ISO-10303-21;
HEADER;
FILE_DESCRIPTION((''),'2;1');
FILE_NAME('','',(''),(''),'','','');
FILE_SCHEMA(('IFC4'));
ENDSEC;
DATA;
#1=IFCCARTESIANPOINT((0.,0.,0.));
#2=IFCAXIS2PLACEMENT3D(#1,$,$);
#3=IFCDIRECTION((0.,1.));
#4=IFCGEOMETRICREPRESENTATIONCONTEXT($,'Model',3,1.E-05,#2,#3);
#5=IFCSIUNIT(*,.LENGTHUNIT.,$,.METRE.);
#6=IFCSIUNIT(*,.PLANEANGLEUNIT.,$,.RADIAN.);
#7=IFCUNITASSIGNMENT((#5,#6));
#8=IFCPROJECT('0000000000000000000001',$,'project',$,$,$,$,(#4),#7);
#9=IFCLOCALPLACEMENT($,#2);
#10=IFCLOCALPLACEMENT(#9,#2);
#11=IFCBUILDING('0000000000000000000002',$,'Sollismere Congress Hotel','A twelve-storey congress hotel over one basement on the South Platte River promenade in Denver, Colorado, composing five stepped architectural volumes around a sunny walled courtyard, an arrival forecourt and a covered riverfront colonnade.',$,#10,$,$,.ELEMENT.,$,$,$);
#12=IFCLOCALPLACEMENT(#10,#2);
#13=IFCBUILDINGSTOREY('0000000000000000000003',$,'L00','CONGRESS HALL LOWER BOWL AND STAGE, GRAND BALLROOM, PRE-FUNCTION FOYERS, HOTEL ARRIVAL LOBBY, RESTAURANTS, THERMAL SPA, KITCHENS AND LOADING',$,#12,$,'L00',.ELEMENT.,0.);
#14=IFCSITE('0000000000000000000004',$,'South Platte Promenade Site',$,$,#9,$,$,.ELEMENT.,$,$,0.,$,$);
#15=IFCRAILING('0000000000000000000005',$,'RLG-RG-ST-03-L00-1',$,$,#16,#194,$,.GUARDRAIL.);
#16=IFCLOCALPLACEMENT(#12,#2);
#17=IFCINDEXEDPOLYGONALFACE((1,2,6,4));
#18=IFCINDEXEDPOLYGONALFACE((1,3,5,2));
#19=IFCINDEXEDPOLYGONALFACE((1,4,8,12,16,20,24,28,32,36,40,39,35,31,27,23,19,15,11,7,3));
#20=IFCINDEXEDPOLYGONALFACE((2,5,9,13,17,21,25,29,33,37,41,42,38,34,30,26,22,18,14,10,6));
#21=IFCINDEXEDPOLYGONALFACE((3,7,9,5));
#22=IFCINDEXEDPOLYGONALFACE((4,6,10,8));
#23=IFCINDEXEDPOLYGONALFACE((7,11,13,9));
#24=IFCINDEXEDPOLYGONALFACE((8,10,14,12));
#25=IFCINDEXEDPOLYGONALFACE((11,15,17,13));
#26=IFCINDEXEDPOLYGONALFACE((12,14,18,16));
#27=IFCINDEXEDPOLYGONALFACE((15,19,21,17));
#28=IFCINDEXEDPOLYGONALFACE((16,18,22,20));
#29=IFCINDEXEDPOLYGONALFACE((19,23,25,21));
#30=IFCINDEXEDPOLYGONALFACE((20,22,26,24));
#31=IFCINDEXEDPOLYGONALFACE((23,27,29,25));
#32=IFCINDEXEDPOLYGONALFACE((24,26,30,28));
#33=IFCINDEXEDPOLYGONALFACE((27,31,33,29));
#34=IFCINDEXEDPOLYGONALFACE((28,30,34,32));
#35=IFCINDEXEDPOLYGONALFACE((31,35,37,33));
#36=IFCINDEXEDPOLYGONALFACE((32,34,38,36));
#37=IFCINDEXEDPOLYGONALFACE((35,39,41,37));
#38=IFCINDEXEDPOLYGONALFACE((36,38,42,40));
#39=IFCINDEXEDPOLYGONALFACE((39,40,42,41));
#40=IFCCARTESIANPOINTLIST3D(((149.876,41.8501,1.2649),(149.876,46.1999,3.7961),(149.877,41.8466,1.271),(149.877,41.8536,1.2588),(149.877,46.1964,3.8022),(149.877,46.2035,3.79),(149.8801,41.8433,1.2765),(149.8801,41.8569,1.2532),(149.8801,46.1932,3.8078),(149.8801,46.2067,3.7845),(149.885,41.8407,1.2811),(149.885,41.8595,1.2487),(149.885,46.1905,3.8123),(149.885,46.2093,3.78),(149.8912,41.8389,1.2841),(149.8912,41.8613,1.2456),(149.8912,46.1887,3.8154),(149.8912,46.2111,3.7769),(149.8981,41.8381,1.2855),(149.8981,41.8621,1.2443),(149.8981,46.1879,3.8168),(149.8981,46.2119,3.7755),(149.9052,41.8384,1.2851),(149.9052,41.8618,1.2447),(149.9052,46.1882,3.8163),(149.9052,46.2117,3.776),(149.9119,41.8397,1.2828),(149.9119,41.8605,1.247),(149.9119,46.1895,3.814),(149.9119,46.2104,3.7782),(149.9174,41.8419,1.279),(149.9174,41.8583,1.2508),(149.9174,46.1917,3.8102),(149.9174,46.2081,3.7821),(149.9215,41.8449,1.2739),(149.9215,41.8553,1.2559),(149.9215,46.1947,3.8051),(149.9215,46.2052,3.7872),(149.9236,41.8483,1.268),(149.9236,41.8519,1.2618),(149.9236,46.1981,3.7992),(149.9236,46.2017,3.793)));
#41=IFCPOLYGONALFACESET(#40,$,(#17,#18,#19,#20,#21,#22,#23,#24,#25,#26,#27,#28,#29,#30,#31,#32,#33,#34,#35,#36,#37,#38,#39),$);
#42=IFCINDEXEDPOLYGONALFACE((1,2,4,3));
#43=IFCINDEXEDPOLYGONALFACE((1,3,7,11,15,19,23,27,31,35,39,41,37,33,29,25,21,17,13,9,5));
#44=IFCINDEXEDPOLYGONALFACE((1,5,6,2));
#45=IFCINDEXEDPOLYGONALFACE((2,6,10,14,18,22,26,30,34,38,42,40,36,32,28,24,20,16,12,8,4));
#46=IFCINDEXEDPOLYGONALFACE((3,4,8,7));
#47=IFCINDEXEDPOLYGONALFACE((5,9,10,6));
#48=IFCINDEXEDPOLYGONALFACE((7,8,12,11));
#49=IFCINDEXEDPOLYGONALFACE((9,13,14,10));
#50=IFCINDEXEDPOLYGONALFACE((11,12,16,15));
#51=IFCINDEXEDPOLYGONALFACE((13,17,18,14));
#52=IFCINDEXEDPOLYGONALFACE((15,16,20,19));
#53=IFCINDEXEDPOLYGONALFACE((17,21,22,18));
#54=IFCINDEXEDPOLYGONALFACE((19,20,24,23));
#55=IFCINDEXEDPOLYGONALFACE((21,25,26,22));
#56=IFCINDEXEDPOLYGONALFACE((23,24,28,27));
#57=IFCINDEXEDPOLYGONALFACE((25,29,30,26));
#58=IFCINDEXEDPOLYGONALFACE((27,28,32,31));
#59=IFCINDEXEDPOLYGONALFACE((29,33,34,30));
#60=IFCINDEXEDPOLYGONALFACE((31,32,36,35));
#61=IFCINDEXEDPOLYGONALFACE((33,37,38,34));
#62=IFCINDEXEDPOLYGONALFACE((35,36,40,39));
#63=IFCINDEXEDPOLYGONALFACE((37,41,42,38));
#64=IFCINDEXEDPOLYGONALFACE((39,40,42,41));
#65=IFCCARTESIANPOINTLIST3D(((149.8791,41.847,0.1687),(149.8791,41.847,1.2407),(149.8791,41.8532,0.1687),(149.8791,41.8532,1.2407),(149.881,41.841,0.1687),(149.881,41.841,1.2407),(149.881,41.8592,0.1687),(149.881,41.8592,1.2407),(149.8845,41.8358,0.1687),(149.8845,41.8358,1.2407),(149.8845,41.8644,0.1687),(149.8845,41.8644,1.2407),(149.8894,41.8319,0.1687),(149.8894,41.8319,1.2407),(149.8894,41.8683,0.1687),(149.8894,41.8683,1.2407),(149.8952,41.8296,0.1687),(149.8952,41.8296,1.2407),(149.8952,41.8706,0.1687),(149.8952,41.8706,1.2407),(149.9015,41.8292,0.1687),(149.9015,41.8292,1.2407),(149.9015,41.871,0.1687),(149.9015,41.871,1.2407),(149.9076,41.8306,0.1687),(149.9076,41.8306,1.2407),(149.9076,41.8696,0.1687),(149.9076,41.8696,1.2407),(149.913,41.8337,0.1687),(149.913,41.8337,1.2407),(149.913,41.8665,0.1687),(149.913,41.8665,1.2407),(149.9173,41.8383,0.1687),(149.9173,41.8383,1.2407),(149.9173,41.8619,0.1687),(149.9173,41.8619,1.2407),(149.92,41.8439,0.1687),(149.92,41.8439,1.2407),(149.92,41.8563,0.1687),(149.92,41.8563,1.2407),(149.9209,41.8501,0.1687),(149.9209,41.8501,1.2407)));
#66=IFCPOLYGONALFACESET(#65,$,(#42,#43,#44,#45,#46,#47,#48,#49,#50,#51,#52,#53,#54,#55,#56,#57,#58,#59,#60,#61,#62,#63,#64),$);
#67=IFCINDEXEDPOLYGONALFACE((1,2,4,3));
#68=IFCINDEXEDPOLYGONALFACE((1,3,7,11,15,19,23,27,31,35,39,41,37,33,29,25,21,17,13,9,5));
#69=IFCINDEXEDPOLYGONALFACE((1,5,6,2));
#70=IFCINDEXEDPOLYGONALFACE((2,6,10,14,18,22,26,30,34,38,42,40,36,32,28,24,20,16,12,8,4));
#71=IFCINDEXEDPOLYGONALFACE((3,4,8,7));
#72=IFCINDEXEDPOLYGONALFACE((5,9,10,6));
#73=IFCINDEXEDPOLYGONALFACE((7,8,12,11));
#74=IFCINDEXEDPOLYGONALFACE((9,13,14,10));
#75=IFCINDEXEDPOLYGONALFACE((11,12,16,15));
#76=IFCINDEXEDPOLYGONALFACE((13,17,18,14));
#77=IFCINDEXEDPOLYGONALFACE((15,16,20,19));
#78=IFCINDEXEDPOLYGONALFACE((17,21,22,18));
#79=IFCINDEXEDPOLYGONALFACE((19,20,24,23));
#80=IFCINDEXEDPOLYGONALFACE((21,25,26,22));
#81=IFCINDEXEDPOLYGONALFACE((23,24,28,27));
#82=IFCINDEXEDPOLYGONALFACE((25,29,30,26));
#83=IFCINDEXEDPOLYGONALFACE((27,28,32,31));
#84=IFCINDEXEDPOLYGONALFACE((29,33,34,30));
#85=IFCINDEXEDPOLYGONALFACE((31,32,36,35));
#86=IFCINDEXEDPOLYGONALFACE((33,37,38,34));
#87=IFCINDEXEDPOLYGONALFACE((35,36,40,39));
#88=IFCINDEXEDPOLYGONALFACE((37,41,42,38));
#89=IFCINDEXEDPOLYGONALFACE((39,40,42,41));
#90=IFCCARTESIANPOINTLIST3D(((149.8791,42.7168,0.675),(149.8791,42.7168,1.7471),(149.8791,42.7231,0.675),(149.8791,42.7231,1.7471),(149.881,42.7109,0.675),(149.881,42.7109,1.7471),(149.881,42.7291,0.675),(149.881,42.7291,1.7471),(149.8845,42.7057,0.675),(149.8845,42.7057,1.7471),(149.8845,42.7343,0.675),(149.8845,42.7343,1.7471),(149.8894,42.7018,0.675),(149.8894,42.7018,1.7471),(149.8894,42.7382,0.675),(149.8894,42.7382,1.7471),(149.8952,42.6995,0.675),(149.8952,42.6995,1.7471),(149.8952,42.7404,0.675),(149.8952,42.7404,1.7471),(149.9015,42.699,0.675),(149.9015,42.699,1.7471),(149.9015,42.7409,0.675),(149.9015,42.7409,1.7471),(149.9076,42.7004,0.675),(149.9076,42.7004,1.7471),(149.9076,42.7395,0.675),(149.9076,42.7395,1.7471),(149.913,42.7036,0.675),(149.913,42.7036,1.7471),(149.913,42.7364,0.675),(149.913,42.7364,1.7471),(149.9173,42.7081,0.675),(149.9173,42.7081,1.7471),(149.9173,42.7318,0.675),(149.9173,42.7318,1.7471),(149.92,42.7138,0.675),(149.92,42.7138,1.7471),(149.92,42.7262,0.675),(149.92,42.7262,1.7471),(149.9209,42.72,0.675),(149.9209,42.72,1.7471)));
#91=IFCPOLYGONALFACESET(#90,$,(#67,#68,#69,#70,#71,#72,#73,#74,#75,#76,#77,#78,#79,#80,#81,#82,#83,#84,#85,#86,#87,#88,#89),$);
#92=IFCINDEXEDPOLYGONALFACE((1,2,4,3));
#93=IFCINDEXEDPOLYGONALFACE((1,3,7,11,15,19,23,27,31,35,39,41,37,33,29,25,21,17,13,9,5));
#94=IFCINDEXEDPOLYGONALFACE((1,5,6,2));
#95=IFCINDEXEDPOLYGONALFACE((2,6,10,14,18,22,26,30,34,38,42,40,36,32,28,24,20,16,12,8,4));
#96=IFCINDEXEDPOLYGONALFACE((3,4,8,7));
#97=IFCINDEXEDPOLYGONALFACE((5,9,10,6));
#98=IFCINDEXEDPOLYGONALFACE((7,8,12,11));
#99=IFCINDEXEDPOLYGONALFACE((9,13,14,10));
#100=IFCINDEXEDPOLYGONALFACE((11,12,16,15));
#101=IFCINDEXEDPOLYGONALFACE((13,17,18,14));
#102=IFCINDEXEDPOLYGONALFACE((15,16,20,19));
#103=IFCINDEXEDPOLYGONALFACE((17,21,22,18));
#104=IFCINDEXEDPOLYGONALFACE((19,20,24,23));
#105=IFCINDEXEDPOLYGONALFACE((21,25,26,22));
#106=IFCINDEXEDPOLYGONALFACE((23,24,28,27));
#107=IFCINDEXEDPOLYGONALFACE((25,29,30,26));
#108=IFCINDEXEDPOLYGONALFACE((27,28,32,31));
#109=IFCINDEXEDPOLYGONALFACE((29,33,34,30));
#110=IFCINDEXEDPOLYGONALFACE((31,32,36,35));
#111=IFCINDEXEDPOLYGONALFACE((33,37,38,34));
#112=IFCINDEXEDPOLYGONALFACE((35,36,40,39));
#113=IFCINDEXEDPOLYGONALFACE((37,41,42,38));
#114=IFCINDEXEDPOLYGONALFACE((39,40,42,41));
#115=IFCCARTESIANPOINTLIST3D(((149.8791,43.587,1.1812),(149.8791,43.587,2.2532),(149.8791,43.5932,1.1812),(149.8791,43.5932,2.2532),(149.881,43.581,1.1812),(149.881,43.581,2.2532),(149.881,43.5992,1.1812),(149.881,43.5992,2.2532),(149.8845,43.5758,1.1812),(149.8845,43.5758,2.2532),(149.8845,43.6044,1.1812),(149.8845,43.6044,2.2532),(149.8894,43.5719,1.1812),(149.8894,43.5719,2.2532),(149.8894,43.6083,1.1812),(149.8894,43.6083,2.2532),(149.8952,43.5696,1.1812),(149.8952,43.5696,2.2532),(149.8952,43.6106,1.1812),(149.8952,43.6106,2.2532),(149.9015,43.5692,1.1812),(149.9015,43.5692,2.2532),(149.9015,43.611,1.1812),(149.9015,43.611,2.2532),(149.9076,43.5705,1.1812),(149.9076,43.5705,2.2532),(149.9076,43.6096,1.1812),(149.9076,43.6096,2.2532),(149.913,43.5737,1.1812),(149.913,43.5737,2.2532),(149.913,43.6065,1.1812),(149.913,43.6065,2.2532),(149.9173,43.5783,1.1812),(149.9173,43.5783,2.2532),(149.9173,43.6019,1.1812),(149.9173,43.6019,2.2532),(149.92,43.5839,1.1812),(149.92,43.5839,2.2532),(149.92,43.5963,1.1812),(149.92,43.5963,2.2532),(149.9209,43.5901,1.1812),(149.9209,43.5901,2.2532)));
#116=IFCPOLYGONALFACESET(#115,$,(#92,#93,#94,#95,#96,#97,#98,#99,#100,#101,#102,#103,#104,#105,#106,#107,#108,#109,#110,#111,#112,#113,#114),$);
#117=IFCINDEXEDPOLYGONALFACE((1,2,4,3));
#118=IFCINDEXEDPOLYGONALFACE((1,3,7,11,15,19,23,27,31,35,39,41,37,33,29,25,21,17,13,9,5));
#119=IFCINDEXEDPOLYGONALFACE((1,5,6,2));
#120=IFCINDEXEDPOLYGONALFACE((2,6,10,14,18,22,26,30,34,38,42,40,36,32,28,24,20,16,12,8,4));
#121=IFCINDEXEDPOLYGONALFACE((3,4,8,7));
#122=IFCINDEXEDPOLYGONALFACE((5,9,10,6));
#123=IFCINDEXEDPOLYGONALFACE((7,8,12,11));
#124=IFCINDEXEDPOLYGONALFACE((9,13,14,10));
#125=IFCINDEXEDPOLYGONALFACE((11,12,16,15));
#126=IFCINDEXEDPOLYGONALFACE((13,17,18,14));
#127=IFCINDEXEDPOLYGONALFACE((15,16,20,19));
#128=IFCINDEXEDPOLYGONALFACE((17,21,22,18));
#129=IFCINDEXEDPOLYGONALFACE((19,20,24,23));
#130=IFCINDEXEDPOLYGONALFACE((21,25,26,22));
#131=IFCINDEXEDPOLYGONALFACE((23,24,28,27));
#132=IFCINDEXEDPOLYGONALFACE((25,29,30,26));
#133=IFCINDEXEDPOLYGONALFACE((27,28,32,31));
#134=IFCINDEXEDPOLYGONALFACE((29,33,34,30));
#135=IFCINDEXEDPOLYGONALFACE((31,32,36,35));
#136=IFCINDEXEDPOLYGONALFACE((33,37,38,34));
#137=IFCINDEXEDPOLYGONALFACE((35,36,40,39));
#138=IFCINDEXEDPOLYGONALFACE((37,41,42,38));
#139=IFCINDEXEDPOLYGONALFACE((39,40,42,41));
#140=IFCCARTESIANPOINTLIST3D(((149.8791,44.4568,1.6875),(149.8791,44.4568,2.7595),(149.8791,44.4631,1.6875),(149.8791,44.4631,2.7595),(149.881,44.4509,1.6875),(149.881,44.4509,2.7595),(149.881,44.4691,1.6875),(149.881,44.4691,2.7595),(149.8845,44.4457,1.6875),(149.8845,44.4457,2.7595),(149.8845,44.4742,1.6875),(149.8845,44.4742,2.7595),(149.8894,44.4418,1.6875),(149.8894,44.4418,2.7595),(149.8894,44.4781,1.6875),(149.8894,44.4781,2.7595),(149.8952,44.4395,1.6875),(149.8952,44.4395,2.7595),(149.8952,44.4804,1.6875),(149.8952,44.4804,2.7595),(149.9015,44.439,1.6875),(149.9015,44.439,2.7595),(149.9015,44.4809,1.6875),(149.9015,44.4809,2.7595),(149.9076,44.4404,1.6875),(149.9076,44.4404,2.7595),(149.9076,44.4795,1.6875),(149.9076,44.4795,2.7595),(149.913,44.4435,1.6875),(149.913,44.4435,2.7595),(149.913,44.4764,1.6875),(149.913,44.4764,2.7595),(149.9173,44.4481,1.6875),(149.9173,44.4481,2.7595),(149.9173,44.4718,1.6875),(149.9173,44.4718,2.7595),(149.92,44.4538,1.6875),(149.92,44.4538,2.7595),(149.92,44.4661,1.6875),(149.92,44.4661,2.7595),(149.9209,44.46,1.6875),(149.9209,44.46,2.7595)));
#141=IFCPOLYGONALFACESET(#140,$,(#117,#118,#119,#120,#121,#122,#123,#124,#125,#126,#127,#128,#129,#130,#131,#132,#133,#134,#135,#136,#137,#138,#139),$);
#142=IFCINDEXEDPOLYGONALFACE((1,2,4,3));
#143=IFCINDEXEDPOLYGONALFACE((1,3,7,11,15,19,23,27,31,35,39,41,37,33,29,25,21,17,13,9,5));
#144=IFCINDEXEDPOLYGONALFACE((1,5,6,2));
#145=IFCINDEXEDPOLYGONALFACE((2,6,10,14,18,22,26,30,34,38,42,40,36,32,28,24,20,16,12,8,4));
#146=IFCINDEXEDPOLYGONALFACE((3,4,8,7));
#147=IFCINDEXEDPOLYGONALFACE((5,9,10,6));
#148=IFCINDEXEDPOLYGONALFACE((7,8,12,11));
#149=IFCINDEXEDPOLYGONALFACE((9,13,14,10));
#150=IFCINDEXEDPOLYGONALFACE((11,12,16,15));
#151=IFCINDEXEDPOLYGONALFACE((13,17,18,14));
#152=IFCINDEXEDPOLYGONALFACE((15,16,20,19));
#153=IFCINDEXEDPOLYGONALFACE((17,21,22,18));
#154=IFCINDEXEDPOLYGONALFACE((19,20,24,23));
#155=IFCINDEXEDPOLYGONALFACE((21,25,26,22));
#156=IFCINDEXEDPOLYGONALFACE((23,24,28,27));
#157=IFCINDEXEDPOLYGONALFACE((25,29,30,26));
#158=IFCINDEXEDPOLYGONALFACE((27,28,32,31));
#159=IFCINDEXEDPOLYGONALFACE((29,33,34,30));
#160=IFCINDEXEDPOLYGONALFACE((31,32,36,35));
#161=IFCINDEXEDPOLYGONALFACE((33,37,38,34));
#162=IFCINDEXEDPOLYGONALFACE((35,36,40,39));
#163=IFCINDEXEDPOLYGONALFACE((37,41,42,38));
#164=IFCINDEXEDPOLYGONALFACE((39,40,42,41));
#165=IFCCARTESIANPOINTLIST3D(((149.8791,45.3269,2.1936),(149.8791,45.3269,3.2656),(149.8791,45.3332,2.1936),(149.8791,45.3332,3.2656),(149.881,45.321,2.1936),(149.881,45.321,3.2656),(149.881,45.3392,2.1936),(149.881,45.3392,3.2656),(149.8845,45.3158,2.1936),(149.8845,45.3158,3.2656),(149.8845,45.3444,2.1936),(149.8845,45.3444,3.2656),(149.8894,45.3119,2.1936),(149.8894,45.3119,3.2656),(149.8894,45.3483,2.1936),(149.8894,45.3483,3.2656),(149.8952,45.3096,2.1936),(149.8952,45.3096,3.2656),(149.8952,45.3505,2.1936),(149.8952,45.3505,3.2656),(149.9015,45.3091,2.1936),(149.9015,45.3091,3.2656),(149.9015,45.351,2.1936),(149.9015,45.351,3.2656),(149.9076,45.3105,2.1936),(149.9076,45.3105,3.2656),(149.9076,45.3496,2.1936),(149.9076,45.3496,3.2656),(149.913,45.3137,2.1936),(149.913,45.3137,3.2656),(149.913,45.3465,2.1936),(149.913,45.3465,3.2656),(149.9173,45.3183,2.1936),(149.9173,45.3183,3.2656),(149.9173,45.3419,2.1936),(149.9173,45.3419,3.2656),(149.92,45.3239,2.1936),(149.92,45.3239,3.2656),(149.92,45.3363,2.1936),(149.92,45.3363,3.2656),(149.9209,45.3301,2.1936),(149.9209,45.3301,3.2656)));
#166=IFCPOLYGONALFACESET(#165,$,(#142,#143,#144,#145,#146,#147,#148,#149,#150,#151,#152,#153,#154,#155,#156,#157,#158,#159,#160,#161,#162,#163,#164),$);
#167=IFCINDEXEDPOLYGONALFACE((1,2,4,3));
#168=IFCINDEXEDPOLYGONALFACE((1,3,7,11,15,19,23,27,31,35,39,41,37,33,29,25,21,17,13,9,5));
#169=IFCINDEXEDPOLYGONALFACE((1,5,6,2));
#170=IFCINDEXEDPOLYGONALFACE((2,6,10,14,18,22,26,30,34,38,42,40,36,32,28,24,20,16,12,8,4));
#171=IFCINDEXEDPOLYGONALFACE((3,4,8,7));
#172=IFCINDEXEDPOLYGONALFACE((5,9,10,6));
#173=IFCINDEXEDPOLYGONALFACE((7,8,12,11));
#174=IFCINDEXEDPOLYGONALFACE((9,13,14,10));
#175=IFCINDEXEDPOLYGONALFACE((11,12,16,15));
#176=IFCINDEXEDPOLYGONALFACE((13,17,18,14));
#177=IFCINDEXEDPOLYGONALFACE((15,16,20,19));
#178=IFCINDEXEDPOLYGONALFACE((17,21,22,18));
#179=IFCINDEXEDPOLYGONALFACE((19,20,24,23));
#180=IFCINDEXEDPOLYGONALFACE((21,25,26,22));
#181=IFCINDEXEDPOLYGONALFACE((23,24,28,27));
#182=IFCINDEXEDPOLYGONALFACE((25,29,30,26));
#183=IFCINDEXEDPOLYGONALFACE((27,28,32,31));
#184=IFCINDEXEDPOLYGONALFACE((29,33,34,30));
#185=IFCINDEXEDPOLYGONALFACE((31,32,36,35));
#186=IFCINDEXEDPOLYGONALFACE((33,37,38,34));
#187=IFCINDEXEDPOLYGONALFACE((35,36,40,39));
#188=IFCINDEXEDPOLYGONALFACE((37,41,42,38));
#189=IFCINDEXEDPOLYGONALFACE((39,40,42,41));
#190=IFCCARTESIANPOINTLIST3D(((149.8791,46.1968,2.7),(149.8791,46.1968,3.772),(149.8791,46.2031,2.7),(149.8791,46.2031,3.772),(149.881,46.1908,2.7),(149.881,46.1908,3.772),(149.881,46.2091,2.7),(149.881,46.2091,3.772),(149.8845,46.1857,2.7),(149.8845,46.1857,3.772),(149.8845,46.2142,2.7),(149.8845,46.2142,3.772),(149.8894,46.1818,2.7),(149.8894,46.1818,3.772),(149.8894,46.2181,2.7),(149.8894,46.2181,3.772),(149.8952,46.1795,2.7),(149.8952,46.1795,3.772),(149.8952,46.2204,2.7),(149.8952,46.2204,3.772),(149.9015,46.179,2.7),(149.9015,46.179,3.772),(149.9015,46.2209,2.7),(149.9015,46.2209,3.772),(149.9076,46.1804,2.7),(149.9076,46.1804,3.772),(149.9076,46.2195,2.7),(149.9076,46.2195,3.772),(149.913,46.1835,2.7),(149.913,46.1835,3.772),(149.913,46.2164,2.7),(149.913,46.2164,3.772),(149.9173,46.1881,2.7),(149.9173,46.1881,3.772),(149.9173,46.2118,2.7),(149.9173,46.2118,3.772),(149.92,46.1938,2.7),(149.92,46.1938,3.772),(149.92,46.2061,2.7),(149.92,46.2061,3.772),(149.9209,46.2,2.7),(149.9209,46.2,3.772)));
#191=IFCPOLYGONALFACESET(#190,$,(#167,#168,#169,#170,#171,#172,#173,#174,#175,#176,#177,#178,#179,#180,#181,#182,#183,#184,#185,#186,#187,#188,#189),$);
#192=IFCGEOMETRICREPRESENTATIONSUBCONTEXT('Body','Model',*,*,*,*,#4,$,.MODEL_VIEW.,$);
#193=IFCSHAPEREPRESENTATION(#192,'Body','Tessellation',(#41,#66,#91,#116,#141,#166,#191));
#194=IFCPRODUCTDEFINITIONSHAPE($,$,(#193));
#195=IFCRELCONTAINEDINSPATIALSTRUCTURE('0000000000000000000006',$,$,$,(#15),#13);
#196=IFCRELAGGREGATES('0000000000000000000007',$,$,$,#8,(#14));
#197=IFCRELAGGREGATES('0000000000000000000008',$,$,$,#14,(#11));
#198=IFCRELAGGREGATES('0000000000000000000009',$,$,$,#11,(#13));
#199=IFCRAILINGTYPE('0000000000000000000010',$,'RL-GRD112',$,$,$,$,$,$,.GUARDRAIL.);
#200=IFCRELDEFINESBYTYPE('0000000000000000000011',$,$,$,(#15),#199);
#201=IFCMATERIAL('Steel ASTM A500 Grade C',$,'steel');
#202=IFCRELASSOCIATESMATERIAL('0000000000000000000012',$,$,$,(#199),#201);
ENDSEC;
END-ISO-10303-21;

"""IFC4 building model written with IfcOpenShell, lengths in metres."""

from ifc_helpers import new_model, si_unit, direction, frame, origin, origin_2d, place, context, subcontext, project, spatial, circle, extrude, material, type_object, element, save


model = new_model("IFC4")

# Units and contexts
model_context = context("Model", 3, precision=1e-05, world=origin(), true_north=direction((0.0, 1.0)))
body_context = subcontext(model_context, "Body", "Model", "MODEL_VIEW")
ifc_project = project(units=[si_unit("LENGTHUNIT", "METRE"), si_unit("PLANEANGLEUNIT", "RADIAN")], contexts=[model_context])

# Site, building, storey
site_placement = place(None, origin())
site = spatial("IfcSite", under=ifc_project, at=site_placement, Name="South Platte Promenade Site", CompositionType="ELEMENT", RefElevation=0.0)
building_placement = place(site_placement, origin())
building = spatial("IfcBuilding", under=site, at=building_placement, Name="Sollismere Congress Hotel", Description="A twelve-storey congress hotel over one basement on the South Platte River promenade in Denver, Colorado, composing five stepped architectural volumes around a sunny walled courtyard, an arrival forecourt and a covered riverfront colonnade.", CompositionType="ELEMENT")
storey_placement = place(building_placement, origin())
storey = spatial("IfcBuildingStorey", under=building, at=storey_placement, Name="L00", Description="CONGRESS HALL LOWER BOWL AND STAGE, GRAND BALLROOM, PRE-FUNCTION FOYERS, HOTEL ARRIVAL LOBBY, RESTAURANTS, THERMAL SPA, KITCHENS AND LOADING", LongName="L00", CompositionType="ELEMENT", Elevation=0.0)

# Railing
ifc_material_1 = material(Name="Steel ASTM A500 Grade C", Category="steel")
railing_type_1 = type_object("IfcRailingType", Name="RL-GRD112", PredefinedType="GUARDRAIL", material=ifc_material_1)
railing_1_placement = place(storey_placement, frame((149.8999, 41.8501, 0.1687)))
element("IfcRailing", 1, at=railing_1_placement, inside=storey, type_object=railing_type_1, Name="RLG-RG-ST-03-L00-1", PredefinedType="GUARDRAIL", context=body_context, shape_type="SweptSolid", body=[
    extrude(circle(Radius=0.0239, at=origin_2d()), frame((0.0, 0.0, 1.0962), z_axis=(0.0, 0.864312, 0.502957), x_axis=(-1.0, 0.0, 0.0)), (0.0, 0.0, 1.0), 5.0327),
    extrude(circle(Radius=0.021, at=origin_2d()), origin(), (0.0, 0.0, 1.0), 1.072),
    extrude(circle(Radius=0.021, at=origin_2d()), frame((0.0, 0.8699, 0.5063)), (0.0, 0.0, 1.0), 1.072),
    extrude(circle(Radius=0.021, at=origin_2d()), frame((0.0, 1.74, 1.0125)), (0.0, 0.0, 1.0), 1.072),
    extrude(circle(Radius=0.021, at=origin_2d()), frame((0.0, 2.6099, 1.5188)), (0.0, 0.0, 1.0), 1.072),
    extrude(circle(Radius=0.021, at=origin_2d()), frame((0.0, 3.48, 2.0249)), (0.0, 0.0, 1.0), 1.072),
    extrude(circle(Radius=0.021, at=origin_2d()), frame((0.0, 4.3499, 2.5312)), (0.0, 0.0, 1.0), 1.072),
])

save(model, "model.ifc")
